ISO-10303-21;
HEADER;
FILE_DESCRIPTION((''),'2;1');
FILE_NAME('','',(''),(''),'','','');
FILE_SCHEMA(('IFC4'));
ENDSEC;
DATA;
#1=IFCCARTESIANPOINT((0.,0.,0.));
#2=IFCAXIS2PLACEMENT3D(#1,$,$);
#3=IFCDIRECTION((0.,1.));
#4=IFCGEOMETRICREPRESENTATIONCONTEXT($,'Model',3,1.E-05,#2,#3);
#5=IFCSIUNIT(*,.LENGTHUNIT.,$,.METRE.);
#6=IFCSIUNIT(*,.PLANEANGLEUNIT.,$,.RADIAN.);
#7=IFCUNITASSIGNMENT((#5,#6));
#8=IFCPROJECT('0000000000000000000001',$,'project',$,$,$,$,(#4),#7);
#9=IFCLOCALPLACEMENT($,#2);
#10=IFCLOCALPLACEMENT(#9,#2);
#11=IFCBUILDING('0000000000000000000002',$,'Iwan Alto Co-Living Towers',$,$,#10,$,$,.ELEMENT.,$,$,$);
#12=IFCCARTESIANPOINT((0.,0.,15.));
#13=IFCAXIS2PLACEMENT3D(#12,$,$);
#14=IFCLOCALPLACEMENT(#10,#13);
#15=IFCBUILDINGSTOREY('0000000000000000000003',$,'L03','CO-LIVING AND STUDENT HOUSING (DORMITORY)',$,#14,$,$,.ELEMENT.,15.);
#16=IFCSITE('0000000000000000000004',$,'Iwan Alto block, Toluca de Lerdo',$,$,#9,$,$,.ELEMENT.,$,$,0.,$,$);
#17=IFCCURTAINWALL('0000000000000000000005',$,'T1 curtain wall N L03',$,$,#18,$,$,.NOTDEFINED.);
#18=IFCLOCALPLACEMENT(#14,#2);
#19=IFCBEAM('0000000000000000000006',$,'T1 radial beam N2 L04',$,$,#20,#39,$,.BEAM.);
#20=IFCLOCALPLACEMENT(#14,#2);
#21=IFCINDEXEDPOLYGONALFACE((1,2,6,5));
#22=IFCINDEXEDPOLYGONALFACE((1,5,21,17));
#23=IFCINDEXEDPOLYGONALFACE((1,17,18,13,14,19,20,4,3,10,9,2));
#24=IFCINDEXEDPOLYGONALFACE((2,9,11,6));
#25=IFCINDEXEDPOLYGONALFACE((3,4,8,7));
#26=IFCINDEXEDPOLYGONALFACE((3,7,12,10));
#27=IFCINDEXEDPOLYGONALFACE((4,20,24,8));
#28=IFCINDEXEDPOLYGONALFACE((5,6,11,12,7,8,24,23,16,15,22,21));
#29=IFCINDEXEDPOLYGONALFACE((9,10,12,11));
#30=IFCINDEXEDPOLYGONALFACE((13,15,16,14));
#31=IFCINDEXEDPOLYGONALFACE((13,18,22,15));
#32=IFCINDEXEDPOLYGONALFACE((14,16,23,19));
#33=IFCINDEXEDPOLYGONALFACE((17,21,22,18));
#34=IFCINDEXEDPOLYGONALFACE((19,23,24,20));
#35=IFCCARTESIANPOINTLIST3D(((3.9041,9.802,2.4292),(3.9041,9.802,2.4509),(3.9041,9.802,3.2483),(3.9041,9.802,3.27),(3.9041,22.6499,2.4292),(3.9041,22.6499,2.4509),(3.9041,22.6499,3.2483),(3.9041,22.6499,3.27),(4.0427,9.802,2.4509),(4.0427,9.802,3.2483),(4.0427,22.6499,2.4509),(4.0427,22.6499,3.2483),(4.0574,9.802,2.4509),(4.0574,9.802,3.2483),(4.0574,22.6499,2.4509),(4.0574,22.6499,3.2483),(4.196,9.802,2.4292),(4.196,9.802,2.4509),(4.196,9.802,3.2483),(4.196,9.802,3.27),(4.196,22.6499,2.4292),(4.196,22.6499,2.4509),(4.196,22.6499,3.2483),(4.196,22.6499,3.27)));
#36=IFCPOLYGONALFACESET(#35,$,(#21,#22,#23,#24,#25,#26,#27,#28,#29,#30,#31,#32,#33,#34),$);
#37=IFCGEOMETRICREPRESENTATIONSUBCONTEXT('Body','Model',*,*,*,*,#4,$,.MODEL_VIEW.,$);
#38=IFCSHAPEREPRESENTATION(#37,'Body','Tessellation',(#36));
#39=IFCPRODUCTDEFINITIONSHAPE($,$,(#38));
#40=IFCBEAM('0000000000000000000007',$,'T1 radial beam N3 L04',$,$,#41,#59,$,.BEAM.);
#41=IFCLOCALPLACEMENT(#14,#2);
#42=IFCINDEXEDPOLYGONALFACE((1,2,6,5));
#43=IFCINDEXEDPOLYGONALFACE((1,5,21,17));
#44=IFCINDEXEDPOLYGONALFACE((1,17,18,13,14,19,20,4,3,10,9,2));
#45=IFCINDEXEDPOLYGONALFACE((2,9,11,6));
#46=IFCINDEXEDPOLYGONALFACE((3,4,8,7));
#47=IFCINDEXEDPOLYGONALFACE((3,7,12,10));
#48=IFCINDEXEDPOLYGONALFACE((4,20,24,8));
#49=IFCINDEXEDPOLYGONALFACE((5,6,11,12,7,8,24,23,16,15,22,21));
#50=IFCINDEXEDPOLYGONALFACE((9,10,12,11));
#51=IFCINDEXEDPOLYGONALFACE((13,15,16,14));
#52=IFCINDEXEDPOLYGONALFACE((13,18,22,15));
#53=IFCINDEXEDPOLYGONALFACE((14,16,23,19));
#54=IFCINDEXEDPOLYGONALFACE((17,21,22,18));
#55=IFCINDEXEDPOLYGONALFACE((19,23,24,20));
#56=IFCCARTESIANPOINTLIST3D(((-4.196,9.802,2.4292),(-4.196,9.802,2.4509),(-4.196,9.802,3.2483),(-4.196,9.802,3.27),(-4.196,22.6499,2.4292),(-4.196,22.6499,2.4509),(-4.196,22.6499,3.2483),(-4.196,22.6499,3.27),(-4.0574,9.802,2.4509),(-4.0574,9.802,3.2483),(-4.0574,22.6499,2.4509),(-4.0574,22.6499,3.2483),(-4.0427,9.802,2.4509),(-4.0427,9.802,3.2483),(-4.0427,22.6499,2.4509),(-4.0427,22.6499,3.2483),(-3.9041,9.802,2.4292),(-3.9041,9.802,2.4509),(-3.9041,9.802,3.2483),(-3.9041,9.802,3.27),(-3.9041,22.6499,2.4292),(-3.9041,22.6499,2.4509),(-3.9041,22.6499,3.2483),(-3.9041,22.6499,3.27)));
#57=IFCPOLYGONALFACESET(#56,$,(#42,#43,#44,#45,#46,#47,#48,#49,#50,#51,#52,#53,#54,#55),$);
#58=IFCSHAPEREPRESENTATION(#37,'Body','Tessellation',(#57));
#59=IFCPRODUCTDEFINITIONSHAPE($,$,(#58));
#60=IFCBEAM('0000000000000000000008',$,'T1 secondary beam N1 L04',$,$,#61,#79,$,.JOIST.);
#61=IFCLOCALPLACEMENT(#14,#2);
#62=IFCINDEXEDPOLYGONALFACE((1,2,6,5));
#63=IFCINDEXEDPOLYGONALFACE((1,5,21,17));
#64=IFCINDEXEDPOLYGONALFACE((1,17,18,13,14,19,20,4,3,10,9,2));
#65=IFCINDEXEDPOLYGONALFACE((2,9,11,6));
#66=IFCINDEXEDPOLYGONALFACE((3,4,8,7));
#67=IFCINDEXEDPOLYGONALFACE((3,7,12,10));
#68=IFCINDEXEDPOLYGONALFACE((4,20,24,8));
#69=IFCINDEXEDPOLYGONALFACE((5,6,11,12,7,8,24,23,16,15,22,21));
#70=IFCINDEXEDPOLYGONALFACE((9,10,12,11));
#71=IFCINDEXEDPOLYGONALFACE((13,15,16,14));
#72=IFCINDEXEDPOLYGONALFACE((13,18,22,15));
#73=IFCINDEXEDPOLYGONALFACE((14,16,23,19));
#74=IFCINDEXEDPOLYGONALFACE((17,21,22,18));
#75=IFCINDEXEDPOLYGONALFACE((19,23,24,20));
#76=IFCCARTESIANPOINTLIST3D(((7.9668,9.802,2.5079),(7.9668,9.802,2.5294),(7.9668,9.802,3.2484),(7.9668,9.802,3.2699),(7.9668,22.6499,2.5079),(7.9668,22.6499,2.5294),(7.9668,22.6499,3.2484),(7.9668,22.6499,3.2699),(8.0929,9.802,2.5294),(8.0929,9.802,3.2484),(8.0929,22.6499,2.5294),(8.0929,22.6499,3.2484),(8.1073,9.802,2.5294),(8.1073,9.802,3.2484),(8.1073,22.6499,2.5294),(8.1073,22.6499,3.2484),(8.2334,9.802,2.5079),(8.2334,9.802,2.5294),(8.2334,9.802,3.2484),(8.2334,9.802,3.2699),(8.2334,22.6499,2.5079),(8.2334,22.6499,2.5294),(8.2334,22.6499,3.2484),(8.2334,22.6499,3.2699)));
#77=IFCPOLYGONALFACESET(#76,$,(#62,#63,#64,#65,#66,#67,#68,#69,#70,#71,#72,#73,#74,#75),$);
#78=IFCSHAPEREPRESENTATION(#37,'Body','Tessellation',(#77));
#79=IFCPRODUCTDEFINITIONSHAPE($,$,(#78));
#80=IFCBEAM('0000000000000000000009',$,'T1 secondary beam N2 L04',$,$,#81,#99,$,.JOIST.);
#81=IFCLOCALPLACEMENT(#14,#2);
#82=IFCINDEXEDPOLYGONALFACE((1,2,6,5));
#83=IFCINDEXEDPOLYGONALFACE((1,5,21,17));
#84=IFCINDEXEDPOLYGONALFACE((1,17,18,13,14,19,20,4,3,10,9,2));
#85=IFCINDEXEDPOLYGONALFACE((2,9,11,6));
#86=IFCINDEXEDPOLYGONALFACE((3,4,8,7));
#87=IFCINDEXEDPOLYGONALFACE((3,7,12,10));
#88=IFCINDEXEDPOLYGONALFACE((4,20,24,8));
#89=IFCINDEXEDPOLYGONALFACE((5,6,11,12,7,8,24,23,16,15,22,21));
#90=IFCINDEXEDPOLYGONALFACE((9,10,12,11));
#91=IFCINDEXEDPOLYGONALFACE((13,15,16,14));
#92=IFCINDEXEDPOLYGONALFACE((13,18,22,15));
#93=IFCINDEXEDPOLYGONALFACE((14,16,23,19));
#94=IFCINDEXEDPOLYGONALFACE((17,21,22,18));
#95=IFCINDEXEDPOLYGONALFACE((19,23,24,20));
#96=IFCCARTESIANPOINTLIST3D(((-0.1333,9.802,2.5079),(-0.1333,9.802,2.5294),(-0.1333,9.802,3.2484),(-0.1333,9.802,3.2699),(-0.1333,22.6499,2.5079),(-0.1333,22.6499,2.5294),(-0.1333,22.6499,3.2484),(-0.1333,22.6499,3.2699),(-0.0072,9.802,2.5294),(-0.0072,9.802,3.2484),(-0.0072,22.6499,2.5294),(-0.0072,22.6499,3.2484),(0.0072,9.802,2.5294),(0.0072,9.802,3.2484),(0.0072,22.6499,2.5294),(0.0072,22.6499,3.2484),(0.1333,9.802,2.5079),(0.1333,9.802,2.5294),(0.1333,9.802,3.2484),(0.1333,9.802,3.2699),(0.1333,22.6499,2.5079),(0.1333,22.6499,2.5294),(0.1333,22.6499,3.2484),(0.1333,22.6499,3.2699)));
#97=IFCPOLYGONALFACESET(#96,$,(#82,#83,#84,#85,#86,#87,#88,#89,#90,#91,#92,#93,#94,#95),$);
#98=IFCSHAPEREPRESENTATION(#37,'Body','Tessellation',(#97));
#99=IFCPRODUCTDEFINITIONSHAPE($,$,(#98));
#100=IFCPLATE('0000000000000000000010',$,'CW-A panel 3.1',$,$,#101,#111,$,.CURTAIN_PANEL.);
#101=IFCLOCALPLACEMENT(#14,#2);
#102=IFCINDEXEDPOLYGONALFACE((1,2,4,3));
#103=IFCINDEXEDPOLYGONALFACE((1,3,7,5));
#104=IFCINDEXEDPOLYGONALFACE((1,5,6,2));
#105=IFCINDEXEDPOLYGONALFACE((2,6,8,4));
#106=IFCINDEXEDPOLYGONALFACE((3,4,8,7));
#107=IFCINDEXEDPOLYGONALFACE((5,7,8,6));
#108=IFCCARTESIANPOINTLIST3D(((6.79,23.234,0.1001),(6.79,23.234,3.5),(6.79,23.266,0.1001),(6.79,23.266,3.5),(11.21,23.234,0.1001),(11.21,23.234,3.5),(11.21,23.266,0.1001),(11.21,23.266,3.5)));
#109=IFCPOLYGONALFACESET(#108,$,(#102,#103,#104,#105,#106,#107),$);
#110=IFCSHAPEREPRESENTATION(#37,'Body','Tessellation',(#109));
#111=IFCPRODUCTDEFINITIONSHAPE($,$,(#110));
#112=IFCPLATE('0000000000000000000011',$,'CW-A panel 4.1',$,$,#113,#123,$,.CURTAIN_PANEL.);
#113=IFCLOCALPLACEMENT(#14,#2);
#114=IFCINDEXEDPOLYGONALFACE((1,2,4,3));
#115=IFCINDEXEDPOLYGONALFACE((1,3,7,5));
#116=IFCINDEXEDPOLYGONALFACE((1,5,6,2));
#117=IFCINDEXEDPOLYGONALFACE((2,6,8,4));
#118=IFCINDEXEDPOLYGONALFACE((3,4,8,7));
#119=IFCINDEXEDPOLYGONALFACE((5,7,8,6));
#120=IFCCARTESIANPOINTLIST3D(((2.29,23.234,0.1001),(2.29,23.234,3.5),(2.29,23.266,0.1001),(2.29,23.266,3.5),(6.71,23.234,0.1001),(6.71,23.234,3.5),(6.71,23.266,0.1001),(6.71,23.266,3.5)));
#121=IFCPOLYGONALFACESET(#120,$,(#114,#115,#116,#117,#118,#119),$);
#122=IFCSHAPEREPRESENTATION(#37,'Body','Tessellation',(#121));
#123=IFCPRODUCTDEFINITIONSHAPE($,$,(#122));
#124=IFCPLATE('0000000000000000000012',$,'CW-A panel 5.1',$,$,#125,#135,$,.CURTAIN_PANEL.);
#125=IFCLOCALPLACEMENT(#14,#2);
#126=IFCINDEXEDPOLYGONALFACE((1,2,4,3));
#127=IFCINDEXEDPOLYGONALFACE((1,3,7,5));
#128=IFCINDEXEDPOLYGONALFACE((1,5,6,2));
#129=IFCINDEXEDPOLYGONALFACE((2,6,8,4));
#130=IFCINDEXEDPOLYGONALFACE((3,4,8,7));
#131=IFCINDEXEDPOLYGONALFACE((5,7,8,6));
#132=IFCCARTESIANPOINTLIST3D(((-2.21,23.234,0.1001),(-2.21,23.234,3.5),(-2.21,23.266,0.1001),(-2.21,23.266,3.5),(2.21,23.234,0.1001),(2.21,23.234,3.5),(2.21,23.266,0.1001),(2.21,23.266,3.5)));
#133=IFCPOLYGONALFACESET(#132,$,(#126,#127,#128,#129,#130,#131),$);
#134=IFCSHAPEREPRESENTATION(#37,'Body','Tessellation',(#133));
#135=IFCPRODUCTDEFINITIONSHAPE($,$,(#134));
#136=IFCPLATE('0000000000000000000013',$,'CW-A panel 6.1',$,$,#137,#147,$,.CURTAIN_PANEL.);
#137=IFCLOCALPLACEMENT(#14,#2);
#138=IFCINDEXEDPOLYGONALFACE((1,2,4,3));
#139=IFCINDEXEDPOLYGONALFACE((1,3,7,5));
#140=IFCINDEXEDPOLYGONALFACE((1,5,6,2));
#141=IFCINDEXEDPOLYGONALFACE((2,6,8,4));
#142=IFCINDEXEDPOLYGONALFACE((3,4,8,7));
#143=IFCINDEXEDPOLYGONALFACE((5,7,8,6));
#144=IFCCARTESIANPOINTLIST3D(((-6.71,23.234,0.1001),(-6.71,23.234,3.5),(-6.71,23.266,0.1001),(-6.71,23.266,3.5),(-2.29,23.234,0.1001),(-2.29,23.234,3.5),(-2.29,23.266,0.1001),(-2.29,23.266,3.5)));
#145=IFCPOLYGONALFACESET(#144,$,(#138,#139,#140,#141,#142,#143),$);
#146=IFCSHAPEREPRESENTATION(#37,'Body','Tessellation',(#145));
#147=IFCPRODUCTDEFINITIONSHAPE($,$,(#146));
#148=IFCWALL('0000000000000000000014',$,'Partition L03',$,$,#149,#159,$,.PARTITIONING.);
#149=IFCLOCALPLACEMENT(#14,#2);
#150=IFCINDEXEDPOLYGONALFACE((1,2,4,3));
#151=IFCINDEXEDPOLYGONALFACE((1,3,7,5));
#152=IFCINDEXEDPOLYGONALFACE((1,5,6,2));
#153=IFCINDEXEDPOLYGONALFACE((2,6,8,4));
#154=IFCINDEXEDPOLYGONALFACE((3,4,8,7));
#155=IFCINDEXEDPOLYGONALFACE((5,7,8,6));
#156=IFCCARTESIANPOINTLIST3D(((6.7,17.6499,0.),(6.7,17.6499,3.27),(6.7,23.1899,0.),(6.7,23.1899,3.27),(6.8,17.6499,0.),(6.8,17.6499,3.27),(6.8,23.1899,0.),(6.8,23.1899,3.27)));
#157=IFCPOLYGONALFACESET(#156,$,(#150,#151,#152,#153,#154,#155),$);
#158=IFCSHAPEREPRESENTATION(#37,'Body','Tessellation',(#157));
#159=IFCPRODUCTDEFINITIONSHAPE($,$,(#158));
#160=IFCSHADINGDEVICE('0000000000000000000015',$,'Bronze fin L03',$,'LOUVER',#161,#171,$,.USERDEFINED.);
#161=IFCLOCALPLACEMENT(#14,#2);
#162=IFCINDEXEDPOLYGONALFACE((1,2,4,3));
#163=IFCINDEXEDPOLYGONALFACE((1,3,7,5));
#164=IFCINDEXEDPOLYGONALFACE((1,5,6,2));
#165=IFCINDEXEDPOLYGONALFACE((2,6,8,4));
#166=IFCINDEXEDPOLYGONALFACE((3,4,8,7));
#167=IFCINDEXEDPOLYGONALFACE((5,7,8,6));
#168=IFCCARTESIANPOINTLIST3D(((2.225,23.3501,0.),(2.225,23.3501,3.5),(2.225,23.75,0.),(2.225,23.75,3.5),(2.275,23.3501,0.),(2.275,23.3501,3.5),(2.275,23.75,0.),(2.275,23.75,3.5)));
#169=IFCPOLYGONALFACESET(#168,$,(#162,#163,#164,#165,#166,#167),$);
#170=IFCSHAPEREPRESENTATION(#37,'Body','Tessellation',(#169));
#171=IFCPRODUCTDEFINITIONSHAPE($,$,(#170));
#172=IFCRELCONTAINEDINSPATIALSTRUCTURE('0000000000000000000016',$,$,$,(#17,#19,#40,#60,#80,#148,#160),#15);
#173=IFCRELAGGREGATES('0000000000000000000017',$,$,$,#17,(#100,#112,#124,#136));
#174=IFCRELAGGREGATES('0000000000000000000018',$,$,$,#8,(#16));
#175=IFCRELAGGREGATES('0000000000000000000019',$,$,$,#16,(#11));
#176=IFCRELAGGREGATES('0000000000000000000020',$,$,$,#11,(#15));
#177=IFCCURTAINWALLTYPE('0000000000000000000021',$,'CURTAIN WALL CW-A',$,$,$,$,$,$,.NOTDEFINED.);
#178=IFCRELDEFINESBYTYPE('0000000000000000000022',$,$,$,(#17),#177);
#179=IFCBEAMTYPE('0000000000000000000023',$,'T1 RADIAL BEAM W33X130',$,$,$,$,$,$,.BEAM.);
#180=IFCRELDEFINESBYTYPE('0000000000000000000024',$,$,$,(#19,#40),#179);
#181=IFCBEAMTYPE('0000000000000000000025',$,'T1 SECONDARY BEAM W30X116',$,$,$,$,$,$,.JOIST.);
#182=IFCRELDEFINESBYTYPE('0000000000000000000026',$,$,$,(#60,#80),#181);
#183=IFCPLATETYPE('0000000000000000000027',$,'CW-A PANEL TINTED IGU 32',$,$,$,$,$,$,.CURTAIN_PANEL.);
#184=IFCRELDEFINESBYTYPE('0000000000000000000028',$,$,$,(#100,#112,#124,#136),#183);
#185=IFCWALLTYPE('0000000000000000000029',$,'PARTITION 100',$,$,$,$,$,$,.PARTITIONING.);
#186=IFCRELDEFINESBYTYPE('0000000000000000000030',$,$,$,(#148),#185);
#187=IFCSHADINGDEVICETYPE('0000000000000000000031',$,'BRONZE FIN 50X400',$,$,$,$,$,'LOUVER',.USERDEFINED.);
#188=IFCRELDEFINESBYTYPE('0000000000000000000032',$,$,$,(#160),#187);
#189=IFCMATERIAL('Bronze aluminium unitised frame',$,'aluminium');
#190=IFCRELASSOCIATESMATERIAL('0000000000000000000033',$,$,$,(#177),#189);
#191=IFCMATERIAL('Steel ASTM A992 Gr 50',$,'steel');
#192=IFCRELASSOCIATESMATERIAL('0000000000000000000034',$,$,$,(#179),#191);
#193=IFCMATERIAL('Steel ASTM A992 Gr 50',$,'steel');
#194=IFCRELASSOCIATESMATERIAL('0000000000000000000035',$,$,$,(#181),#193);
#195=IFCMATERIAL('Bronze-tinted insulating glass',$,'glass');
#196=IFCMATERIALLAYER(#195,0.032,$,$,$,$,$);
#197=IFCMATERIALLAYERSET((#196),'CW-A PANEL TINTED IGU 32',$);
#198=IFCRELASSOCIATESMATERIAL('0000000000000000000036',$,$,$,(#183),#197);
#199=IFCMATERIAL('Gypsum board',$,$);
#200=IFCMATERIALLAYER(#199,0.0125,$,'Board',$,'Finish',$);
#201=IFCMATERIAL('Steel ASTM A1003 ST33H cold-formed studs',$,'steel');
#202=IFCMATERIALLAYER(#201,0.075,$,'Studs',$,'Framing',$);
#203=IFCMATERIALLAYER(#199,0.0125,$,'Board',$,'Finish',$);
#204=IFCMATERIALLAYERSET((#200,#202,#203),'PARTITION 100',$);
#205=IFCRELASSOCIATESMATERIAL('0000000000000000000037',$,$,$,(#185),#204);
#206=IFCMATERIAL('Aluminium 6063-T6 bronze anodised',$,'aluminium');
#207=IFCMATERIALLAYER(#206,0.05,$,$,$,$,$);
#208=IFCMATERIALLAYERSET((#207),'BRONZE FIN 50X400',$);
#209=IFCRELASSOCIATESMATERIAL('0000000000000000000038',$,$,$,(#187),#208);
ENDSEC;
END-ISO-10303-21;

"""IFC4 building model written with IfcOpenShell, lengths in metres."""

from ifc_helpers import new_model, si_unit, direction, frame, frame_2d, origin, origin_2d, place, context, subcontext, project, spatial, rectangle, i_section, extrude, material, layer, layer_set, material_profile, profile_set, type_object, element, aggregate, save


model = new_model("IFC4")

# Units and contexts
model_context = context("Model", 3, precision=1e-05, world=origin(), true_north=direction((0.0, 1.0)))
body_context = subcontext(model_context, "Body", "Model", "MODEL_VIEW")
ifc_project = project(units=[si_unit("LENGTHUNIT", "METRE"), si_unit("PLANEANGLEUNIT", "RADIAN")], contexts=[model_context])

# Site, building, storey
site_placement = place(None, origin())
site = spatial("IfcSite", under=ifc_project, at=site_placement, Name="Iwan Alto block, Toluca de Lerdo", CompositionType="ELEMENT", RefElevation=0.0)
building_placement = place(site_placement, origin())
building = spatial("IfcBuilding", under=site, at=building_placement, Name="Iwan Alto Co-Living Towers", CompositionType="ELEMENT")
storey_placement = place(building_placement, frame((0.0, 0.0, 15.0)))
storey = spatial("IfcBuildingStorey", under=building, at=storey_placement, Name="L03", Description="CO-LIVING AND STUDENT HOUSING (DORMITORY)", CompositionType="ELEMENT", Elevation=15.0)

# Curtain wall
ifc_material_1 = material(Name="Bronze aluminium unitised frame", Category="aluminium")
curtain_wall_type = type_object("IfcCurtainWallType", Name="CURTAIN WALL CW-A", PredefinedType="NOTDEFINED", material=ifc_material_1)
curtain_wall_placement = place(storey_placement, origin())
curtain_wall = element("IfcCurtainWall", 1, at=curtain_wall_placement, inside=storey, type_object=curtain_wall_type, Name="T1 curtain wall N L03", PredefinedType="NOTDEFINED")

# Beams
ifc_material_2 = material(Name="Steel ASTM A992 Gr 50", Category="steel")
ifc_material_profile_1 = material_profile(ifc_material_2, i_section(OverallWidth=0.292, OverallDepth=0.8408, WebThickness=0.0146, FlangeThickness=0.0217, at=origin_2d()), Name="W33X130")
ifc_profile_set_1 = profile_set([ifc_material_profile_1], Name="Steel ASTM A992 Gr 50")
beam_type_1 = type_object("IfcBeamType", Name="T1 RADIAL BEAM W33X130", PredefinedType="BEAM", material=ifc_profile_set_1)
for number, where, z_axis, x_axis, name in (
    (2, (4.05, 22.6499, 2.8496), (0.0, -1.0, 0.0), (1.0, 0.0, 0.0), "T1 radial beam N2 L04"),
    (3, (-4.05, 22.6499, 2.8496), (0.0, -1.0, 0.0), (1.0, 0.0, 0.0), "T1 radial beam N3 L04"),
):
    element("IfcBeam", number, at=place(storey_placement, frame(where, z_axis=z_axis, x_axis=x_axis)), inside=storey, type_object=beam_type_1, Name=name, PredefinedType="BEAM", context=body_context, shape_type="SweptSolid", body=[
        extrude(i_section(OverallWidth=0.292, OverallDepth=0.8408, WebThickness=0.0146, FlangeThickness=0.0217, at=origin_2d()), origin(), (0.0, 0.0, 1.0), 12.8479),
    ])
ifc_material_3 = material(Name="Steel ASTM A992 Gr 50", Category="steel")
ifc_material_profile_2 = material_profile(ifc_material_3, i_section(OverallWidth=0.2666, OverallDepth=0.762, WebThickness=0.0144, FlangeThickness=0.0215, at=origin_2d()), Name="W30X116")
ifc_profile_set_2 = profile_set([ifc_material_profile_2], Name="Steel ASTM A992 Gr 50")
beam_type_2 = type_object("IfcBeamType", Name="T1 SECONDARY BEAM W30X116", PredefinedType="JOIST", material=ifc_profile_set_2)
for number, where, z_axis, x_axis, name in (
    (4, (8.1001, 22.6499, 2.8889), (0.0, -1.0, 0.0), (1.0, 0.0, 0.0), "T1 secondary beam N1 L04"),
    (5, (0.0, 22.6499, 2.8889), (0.0, -1.0, 0.0), (1.0, 0.0, 0.0), "T1 secondary beam N2 L04"),
):
    element("IfcBeam", number, at=place(storey_placement, frame(where, z_axis=z_axis, x_axis=x_axis)), inside=storey, type_object=beam_type_2, Name=name, PredefinedType="JOIST", context=body_context, shape_type="SweptSolid", body=[
        extrude(i_section(OverallWidth=0.2666, OverallDepth=0.762, WebThickness=0.0144, FlangeThickness=0.0215, at=origin_2d()), origin(), (0.0, 0.0, 1.0), 12.8479),
    ])

# Plates
ifc_material_4 = material(Name="Bronze-tinted insulating glass", Category="glass")
ifc_layer_1 = layer(ifc_material_4, 0.032)
ifc_layer_set_1 = layer_set([ifc_layer_1], Name="CW-A PANEL TINTED IGU 32")
plate_type = type_object("IfcPlateType", Name="CW-A PANEL TINTED IGU 32", PredefinedType="CURTAIN_PANEL", material=ifc_layer_set_1)
plate_1_placement = place(storey_placement, frame((9.0, 23.25, 0.1001), z_axis=(0.0, 0.0, 1.0), x_axis=(-1.0, 0.0, 0.0)))
plate_1 = element("IfcPlate", 6, at=plate_1_placement, type_object=plate_type, Name="CW-A panel 3.1", PredefinedType="CURTAIN_PANEL", context=body_context, shape_type="SweptSolid", body=[
    extrude(rectangle(XDim=4.4199, YDim=0.032, at=origin_2d()), origin(), (0.0, 0.0, 1.0), 3.3999),
])
plate_2_placement = place(storey_placement, frame((4.5, 23.25, 0.1001), z_axis=(0.0, 0.0, 1.0), x_axis=(-1.0, 0.0, 0.0)))
plate_2 = element("IfcPlate", 7, at=plate_2_placement, type_object=plate_type, Name="CW-A panel 4.1", PredefinedType="CURTAIN_PANEL", context=body_context, shape_type="SweptSolid", body=[
    extrude(rectangle(XDim=4.4199, YDim=0.032, at=origin_2d()), origin(), (0.0, 0.0, 1.0), 3.3999),
])
plate_3_placement = place(storey_placement, frame((0.0, 23.25, 0.1001), z_axis=(0.0, 0.0, 1.0), x_axis=(-1.0, 0.0, 0.0)))
plate_3 = element("IfcPlate", 8, at=plate_3_placement, type_object=plate_type, Name="CW-A panel 5.1", PredefinedType="CURTAIN_PANEL", context=body_context, shape_type="SweptSolid", body=[
    extrude(rectangle(XDim=4.4199, YDim=0.032, at=origin_2d()), origin(), (0.0, 0.0, 1.0), 3.3999),
])
plate_4_placement = place(storey_placement, frame((-4.5, 23.25, 0.1001), z_axis=(0.0, 0.0, 1.0), x_axis=(-1.0, 0.0, 0.0)))
plate_4 = element("IfcPlate", 9, at=plate_4_placement, type_object=plate_type, Name="CW-A panel 6.1", PredefinedType="CURTAIN_PANEL", context=body_context, shape_type="SweptSolid", body=[
    extrude(rectangle(XDim=4.4199, YDim=0.032, at=origin_2d()), origin(), (0.0, 0.0, 1.0), 3.3999),
])
aggregate(curtain_wall, [plate_1, plate_2, plate_3, plate_4])

# Wall
ifc_material_5 = material(Name="Gypsum board")
ifc_layer_2 = layer(ifc_material_5, 0.0125, Name="Board", Category="Finish")
ifc_material_6 = material(Name="Steel ASTM A1003 ST33H cold-formed studs", Category="steel")
ifc_layer_3 = layer(ifc_material_6, 0.075, Name="Studs", Category="Framing")
ifc_layer_4 = layer(ifc_material_5, 0.0125, Name="Board", Category="Finish")
ifc_layer_set_2 = layer_set([ifc_layer_2, ifc_layer_3, ifc_layer_4], Name="PARTITION 100")
wall_type = type_object("IfcWallType", Name="PARTITION 100", PredefinedType="PARTITIONING", material=ifc_layer_set_2)
wall_placement = place(storey_placement, frame((6.75, 17.6499, 0.0), z_axis=(0.0, 0.0, 1.0), x_axis=(0.0, 1.0, 0.0)))
element("IfcWall", 10, at=wall_placement, inside=storey, type_object=wall_type, Name="Partition L03", PredefinedType="PARTITIONING", context=body_context, shape_type="SweptSolid", body=[
    extrude(rectangle(XDim=5.54, YDim=0.1001, at=frame_2d((2.77, 0.0))), origin(), (0.0, 0.0, 1.0), 3.27),
])

# Shading device
ifc_material_7 = material(Name="Aluminium 6063-T6 bronze anodised", Category="aluminium")
ifc_layer_5 = layer(ifc_material_7, 0.05)
ifc_layer_set_3 = layer_set([ifc_layer_5], Name="BRONZE FIN 50X400")
shading_device_type = type_object("IfcShadingDeviceType", Name="BRONZE FIN 50X400", ElementType="LOUVER", PredefinedType="USERDEFINED", material=ifc_layer_set_3)
shading_device_placement = place(storey_placement, frame((2.25, 23.55, 0.0), z_axis=(0.0, 0.0, 1.0), x_axis=(-1.0, 0.0, 0.0)))
element("IfcShadingDevice", 11, at=shading_device_placement, inside=storey, type_object=shading_device_type, Name="Bronze fin L03", ObjectType="LOUVER", PredefinedType="USERDEFINED", context=body_context, shape_type="SweptSolid", body=[
    extrude(rectangle(XDim=0.05, YDim=0.3999, at=origin_2d()), origin(), (0.0, 0.0, 1.0), 3.5),
])

save(model, "model.ifc")
